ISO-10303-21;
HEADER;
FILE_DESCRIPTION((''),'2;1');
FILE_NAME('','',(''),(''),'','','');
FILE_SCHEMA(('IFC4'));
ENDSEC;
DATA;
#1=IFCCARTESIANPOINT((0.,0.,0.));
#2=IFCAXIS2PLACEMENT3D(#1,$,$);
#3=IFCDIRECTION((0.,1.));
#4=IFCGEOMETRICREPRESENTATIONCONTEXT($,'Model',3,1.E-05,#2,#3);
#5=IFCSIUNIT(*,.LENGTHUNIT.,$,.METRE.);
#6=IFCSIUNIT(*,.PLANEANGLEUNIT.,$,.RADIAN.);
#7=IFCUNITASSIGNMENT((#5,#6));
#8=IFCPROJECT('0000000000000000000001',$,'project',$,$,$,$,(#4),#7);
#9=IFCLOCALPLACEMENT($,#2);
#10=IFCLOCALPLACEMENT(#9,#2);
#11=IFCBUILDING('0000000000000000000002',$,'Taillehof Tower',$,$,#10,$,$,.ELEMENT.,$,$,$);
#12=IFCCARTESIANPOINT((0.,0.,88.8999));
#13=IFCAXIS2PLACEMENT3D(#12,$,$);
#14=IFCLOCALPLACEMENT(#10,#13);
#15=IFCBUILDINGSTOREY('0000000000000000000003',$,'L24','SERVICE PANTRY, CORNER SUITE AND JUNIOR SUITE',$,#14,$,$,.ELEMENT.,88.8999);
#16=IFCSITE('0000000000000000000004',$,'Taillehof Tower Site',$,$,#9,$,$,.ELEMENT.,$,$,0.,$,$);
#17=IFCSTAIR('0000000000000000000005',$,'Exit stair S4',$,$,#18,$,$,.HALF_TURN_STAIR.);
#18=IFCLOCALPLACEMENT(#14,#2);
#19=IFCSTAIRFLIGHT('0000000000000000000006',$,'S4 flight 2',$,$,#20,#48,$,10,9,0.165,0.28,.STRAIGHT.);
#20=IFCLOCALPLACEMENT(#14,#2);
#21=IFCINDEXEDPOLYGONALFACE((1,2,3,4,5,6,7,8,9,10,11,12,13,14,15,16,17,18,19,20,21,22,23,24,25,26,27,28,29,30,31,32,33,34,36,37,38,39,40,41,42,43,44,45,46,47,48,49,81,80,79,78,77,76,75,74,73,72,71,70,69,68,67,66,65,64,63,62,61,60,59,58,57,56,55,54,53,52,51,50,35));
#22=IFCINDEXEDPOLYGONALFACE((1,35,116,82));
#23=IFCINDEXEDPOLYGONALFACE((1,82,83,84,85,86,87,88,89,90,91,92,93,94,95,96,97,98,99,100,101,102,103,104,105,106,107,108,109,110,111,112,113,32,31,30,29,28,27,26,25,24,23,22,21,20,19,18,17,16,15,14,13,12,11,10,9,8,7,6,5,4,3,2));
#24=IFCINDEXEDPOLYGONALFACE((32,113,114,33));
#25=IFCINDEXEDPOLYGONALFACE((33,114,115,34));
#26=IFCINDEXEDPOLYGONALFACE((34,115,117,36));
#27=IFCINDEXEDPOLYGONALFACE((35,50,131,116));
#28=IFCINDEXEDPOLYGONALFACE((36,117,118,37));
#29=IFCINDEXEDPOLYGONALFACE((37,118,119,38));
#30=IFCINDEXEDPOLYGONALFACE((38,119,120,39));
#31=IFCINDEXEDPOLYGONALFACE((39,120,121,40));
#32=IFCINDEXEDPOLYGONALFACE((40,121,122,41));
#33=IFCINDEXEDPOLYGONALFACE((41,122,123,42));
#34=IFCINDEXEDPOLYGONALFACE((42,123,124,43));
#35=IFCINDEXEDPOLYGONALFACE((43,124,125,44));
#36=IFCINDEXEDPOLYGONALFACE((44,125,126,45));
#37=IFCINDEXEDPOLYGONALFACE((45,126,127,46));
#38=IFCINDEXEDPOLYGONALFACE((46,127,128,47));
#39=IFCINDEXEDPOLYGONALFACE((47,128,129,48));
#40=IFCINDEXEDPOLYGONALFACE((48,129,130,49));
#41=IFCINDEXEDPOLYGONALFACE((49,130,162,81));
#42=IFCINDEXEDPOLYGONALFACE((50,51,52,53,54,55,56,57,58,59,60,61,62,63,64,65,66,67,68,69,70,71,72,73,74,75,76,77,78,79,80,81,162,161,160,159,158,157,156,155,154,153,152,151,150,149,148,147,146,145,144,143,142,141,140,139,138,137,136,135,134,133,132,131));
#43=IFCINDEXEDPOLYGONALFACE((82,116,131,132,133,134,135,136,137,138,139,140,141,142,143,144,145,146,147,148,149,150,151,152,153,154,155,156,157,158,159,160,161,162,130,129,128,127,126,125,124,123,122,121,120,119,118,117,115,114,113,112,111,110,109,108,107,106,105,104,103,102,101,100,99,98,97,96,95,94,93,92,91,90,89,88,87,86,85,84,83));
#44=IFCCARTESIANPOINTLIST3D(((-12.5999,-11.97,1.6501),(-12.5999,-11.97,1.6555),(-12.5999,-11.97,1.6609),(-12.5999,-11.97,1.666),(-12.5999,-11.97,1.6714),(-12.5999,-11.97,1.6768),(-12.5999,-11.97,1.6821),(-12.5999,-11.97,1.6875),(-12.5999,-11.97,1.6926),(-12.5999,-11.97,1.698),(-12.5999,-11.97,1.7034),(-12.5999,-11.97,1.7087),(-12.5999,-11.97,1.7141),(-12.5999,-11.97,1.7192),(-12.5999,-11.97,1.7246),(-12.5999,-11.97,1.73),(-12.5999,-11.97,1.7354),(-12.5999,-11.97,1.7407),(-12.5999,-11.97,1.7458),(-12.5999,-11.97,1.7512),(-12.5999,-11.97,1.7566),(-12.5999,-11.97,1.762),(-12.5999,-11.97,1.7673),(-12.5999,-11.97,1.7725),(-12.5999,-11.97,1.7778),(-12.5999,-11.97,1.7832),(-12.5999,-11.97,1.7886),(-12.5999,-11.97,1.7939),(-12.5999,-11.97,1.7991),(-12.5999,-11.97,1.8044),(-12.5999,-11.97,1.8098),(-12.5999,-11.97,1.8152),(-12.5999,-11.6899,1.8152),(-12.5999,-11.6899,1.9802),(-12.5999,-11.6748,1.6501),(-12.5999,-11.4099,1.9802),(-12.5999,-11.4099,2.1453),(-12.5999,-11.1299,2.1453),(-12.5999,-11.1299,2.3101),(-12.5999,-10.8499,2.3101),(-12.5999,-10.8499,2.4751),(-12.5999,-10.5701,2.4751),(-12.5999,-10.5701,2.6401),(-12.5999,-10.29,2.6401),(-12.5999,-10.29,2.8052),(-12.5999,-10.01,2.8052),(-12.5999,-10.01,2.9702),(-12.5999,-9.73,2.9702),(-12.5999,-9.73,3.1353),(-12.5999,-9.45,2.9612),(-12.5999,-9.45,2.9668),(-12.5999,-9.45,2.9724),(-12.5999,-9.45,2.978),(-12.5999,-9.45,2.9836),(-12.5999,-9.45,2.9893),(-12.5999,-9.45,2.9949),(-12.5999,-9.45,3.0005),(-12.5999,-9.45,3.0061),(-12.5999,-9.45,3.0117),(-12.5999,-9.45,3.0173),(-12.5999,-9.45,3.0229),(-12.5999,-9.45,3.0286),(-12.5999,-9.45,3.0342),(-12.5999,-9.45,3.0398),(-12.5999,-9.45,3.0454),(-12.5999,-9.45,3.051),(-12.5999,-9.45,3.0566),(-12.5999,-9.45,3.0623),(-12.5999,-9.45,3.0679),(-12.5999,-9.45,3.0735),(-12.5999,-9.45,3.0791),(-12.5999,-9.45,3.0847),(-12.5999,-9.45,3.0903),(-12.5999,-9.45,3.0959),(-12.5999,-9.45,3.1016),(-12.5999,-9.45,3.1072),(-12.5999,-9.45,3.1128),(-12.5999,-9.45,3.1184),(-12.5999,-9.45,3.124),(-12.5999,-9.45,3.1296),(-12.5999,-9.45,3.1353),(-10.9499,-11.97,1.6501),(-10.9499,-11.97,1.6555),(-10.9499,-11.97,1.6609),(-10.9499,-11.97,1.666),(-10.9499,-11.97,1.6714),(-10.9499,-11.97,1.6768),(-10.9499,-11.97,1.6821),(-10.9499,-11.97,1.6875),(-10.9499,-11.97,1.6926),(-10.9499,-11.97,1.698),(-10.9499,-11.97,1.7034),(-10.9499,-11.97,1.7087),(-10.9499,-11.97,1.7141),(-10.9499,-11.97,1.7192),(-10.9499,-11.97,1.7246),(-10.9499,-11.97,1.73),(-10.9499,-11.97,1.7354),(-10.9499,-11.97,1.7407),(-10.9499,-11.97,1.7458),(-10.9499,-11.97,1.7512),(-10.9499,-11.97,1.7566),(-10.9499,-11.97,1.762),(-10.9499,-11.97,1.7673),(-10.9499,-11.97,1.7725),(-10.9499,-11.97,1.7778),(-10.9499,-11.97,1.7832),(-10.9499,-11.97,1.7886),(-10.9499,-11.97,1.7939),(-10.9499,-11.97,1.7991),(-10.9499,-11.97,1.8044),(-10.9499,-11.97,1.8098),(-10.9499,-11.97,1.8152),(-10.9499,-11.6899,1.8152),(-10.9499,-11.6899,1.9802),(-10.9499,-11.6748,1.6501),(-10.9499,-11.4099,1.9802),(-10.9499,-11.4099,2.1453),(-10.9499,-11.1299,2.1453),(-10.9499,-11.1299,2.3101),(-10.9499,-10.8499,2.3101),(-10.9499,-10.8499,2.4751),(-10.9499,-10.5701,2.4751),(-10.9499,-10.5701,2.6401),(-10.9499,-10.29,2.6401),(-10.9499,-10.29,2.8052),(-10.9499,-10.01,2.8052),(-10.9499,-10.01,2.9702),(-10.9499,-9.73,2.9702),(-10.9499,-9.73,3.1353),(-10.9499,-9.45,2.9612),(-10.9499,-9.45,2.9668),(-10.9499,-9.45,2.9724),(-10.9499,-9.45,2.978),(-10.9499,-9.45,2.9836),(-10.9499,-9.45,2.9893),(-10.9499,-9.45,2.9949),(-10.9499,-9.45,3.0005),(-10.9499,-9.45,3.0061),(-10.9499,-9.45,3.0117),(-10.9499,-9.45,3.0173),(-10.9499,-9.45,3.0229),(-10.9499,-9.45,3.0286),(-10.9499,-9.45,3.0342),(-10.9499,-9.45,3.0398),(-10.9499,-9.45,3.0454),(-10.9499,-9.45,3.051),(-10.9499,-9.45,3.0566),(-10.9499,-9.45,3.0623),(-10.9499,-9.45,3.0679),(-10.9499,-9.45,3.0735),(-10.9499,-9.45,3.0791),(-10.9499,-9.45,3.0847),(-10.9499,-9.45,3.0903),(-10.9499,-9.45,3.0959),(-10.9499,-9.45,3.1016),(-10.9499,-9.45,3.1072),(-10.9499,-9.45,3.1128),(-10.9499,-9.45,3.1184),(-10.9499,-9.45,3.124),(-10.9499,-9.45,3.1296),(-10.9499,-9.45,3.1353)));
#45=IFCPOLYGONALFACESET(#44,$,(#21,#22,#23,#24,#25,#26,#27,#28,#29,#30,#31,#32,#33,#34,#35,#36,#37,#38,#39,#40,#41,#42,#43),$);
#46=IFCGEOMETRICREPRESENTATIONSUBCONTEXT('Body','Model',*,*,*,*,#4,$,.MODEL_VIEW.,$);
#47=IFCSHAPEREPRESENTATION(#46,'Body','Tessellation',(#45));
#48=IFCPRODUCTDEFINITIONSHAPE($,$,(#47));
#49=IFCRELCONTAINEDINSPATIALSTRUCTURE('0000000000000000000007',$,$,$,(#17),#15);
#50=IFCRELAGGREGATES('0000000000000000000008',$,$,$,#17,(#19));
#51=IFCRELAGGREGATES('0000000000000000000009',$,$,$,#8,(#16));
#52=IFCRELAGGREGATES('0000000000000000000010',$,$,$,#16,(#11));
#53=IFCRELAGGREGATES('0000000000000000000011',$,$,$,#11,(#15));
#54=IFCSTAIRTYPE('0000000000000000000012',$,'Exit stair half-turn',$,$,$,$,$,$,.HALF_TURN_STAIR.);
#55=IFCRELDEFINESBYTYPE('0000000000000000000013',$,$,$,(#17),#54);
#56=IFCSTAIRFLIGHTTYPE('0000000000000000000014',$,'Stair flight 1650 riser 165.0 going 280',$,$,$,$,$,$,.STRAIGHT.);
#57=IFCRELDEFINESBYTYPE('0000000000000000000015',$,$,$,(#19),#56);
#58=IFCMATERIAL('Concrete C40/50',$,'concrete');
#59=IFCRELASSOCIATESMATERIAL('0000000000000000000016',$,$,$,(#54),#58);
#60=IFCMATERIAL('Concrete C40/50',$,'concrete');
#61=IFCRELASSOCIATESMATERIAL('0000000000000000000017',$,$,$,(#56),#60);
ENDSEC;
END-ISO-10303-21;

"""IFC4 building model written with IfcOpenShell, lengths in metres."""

from ifc_helpers import new_model, si_unit, direction, frame, origin, place, context, subcontext, project, spatial, polyline, outline, extrude, material, type_object, element, aggregate, save


model = new_model("IFC4")

# Units and contexts
model_context = context("Model", 3, precision=1e-05, world=origin(), true_north=direction((0.0, 1.0)))
body_context = subcontext(model_context, "Body", "Model", "MODEL_VIEW")
ifc_project = project(units=[si_unit("LENGTHUNIT", "METRE"), si_unit("PLANEANGLEUNIT", "RADIAN")], contexts=[model_context])

# Site, building, storey
site_placement = place(None, origin())
site = spatial("IfcSite", under=ifc_project, at=site_placement, Name="Taillehof Tower Site", CompositionType="ELEMENT", RefElevation=0.0)
building_placement = place(site_placement, origin())
building = spatial("IfcBuilding", under=site, at=building_placement, Name="Taillehof Tower", CompositionType="ELEMENT")
storey_placement = place(building_placement, frame((0.0, 0.0, 88.8999)))
storey = spatial("IfcBuildingStorey", under=building, at=storey_placement, Name="L24", Description="SERVICE PANTRY, CORNER SUITE AND JUNIOR SUITE", CompositionType="ELEMENT", Elevation=88.8999)

# Stair, stair flight
ifc_material_1 = material(Name="Concrete C40/50", Category="concrete")
stair_type = type_object("IfcStairType", Name="Exit stair half-turn", PredefinedType="HALF_TURN_STAIR", material=ifc_material_1)
stair_placement = place(storey_placement, origin())
stair = element("IfcStair", 1, at=stair_placement, inside=storey, type_object=stair_type, Name="Exit stair S4", PredefinedType="HALF_TURN_STAIR")
ifc_material_2 = material(Name="Concrete C40/50", Category="concrete")
stair_flight_type = type_object("IfcStairFlightType", Name="Stair flight 1650 riser 165.0 going 280", PredefinedType="STRAIGHT", material=ifc_material_2)
stair_flight_placement = place(storey_placement, frame((-11.7749, -11.97, 1.6501), z_axis=(0.0, 0.0, 1.0), x_axis=(0.0, 1.0, 0.0)))
stair_flight = element("IfcStairFlight", 2, at=stair_flight_placement, type_object=stair_flight_type, Name="S4 flight 2", NumberOfRisers=10, NumberOfTreads=9, PredefinedType="STRAIGHT", RiserHeight=0.165, TreadLength=0.28, context=body_context, shape_type="SweptSolid", body=[
    extrude(outline(polyline([(0.0, 0.0), (0.0, 0.0054), (0.0, 0.0107), (0.0, 0.0159), (0.0, 0.0212), (0.0, 0.0266), (0.0, 0.032), (0.0, 0.0374), (0.0, 0.0425), (0.0, 0.0479), (0.0, 0.0532), (0.0, 0.0586), (0.0, 0.064), (0.0, 0.0691), (0.0, 0.0745), (0.0, 0.0798), (0.0, 0.0852), (0.0, 0.0906), (0.0, 0.0957), (0.0, 0.1011), (0.0, 0.1064), (0.0, 0.1118), (0.0, 0.1172), (0.0, 0.1223), (0.0, 0.1277), (0.0, 0.1331), (0.0, 0.1384), (0.0, 0.1438), (0.0, 0.1489), (0.0, 0.1543), (0.0, 0.1597), (0.0, 0.165), (0.28, 0.165), (0.28, 0.3301), (0.5601, 0.3301), (0.5601, 0.4951), (0.8401, 0.4951), (0.8401, 0.6599), (1.1201, 0.6599), (1.1201, 0.825), (1.3999, 0.825), (1.3999, 0.99), (1.6799, 0.99), (1.6799, 1.155), (1.96, 1.155), (1.96, 1.3201), (2.24, 1.3201), (2.24, 1.4851), (2.52, 1.4851), (2.52, 1.4795), (2.52, 1.4739), (2.52, 1.4683), (2.52, 1.4626), (2.52, 1.457), (2.52, 1.4514), (2.52, 1.4458), (2.52, 1.4402), (2.52, 1.4346), (2.52, 1.429), (2.52, 1.4233), (2.52, 1.4177), (2.52, 1.4121), (2.52, 1.4065), (2.52, 1.4009), (2.52, 1.3953), (2.52, 1.3896), (2.52, 1.384), (2.52, 1.3784), (2.52, 1.3728), (2.52, 1.3672), (2.52, 1.3616), (2.52, 1.356), (2.52, 1.3503), (2.52, 1.3447), (2.52, 1.3391), (2.52, 1.3335), (2.52, 1.3279), (2.52, 1.3223), (2.52, 1.3167), (2.52, 1.311), (0.2952, 0.0), (0.0, 0.0)])), frame((0.0, 0.825, 0.0), z_axis=(0.0, -1.0, 0.0), x_axis=(1.0, 0.0, 0.0)), (0.0, 0.0, 1.0), 1.65),
])
aggregate(stair, [stair_flight])

save(model, "model.ifc")
